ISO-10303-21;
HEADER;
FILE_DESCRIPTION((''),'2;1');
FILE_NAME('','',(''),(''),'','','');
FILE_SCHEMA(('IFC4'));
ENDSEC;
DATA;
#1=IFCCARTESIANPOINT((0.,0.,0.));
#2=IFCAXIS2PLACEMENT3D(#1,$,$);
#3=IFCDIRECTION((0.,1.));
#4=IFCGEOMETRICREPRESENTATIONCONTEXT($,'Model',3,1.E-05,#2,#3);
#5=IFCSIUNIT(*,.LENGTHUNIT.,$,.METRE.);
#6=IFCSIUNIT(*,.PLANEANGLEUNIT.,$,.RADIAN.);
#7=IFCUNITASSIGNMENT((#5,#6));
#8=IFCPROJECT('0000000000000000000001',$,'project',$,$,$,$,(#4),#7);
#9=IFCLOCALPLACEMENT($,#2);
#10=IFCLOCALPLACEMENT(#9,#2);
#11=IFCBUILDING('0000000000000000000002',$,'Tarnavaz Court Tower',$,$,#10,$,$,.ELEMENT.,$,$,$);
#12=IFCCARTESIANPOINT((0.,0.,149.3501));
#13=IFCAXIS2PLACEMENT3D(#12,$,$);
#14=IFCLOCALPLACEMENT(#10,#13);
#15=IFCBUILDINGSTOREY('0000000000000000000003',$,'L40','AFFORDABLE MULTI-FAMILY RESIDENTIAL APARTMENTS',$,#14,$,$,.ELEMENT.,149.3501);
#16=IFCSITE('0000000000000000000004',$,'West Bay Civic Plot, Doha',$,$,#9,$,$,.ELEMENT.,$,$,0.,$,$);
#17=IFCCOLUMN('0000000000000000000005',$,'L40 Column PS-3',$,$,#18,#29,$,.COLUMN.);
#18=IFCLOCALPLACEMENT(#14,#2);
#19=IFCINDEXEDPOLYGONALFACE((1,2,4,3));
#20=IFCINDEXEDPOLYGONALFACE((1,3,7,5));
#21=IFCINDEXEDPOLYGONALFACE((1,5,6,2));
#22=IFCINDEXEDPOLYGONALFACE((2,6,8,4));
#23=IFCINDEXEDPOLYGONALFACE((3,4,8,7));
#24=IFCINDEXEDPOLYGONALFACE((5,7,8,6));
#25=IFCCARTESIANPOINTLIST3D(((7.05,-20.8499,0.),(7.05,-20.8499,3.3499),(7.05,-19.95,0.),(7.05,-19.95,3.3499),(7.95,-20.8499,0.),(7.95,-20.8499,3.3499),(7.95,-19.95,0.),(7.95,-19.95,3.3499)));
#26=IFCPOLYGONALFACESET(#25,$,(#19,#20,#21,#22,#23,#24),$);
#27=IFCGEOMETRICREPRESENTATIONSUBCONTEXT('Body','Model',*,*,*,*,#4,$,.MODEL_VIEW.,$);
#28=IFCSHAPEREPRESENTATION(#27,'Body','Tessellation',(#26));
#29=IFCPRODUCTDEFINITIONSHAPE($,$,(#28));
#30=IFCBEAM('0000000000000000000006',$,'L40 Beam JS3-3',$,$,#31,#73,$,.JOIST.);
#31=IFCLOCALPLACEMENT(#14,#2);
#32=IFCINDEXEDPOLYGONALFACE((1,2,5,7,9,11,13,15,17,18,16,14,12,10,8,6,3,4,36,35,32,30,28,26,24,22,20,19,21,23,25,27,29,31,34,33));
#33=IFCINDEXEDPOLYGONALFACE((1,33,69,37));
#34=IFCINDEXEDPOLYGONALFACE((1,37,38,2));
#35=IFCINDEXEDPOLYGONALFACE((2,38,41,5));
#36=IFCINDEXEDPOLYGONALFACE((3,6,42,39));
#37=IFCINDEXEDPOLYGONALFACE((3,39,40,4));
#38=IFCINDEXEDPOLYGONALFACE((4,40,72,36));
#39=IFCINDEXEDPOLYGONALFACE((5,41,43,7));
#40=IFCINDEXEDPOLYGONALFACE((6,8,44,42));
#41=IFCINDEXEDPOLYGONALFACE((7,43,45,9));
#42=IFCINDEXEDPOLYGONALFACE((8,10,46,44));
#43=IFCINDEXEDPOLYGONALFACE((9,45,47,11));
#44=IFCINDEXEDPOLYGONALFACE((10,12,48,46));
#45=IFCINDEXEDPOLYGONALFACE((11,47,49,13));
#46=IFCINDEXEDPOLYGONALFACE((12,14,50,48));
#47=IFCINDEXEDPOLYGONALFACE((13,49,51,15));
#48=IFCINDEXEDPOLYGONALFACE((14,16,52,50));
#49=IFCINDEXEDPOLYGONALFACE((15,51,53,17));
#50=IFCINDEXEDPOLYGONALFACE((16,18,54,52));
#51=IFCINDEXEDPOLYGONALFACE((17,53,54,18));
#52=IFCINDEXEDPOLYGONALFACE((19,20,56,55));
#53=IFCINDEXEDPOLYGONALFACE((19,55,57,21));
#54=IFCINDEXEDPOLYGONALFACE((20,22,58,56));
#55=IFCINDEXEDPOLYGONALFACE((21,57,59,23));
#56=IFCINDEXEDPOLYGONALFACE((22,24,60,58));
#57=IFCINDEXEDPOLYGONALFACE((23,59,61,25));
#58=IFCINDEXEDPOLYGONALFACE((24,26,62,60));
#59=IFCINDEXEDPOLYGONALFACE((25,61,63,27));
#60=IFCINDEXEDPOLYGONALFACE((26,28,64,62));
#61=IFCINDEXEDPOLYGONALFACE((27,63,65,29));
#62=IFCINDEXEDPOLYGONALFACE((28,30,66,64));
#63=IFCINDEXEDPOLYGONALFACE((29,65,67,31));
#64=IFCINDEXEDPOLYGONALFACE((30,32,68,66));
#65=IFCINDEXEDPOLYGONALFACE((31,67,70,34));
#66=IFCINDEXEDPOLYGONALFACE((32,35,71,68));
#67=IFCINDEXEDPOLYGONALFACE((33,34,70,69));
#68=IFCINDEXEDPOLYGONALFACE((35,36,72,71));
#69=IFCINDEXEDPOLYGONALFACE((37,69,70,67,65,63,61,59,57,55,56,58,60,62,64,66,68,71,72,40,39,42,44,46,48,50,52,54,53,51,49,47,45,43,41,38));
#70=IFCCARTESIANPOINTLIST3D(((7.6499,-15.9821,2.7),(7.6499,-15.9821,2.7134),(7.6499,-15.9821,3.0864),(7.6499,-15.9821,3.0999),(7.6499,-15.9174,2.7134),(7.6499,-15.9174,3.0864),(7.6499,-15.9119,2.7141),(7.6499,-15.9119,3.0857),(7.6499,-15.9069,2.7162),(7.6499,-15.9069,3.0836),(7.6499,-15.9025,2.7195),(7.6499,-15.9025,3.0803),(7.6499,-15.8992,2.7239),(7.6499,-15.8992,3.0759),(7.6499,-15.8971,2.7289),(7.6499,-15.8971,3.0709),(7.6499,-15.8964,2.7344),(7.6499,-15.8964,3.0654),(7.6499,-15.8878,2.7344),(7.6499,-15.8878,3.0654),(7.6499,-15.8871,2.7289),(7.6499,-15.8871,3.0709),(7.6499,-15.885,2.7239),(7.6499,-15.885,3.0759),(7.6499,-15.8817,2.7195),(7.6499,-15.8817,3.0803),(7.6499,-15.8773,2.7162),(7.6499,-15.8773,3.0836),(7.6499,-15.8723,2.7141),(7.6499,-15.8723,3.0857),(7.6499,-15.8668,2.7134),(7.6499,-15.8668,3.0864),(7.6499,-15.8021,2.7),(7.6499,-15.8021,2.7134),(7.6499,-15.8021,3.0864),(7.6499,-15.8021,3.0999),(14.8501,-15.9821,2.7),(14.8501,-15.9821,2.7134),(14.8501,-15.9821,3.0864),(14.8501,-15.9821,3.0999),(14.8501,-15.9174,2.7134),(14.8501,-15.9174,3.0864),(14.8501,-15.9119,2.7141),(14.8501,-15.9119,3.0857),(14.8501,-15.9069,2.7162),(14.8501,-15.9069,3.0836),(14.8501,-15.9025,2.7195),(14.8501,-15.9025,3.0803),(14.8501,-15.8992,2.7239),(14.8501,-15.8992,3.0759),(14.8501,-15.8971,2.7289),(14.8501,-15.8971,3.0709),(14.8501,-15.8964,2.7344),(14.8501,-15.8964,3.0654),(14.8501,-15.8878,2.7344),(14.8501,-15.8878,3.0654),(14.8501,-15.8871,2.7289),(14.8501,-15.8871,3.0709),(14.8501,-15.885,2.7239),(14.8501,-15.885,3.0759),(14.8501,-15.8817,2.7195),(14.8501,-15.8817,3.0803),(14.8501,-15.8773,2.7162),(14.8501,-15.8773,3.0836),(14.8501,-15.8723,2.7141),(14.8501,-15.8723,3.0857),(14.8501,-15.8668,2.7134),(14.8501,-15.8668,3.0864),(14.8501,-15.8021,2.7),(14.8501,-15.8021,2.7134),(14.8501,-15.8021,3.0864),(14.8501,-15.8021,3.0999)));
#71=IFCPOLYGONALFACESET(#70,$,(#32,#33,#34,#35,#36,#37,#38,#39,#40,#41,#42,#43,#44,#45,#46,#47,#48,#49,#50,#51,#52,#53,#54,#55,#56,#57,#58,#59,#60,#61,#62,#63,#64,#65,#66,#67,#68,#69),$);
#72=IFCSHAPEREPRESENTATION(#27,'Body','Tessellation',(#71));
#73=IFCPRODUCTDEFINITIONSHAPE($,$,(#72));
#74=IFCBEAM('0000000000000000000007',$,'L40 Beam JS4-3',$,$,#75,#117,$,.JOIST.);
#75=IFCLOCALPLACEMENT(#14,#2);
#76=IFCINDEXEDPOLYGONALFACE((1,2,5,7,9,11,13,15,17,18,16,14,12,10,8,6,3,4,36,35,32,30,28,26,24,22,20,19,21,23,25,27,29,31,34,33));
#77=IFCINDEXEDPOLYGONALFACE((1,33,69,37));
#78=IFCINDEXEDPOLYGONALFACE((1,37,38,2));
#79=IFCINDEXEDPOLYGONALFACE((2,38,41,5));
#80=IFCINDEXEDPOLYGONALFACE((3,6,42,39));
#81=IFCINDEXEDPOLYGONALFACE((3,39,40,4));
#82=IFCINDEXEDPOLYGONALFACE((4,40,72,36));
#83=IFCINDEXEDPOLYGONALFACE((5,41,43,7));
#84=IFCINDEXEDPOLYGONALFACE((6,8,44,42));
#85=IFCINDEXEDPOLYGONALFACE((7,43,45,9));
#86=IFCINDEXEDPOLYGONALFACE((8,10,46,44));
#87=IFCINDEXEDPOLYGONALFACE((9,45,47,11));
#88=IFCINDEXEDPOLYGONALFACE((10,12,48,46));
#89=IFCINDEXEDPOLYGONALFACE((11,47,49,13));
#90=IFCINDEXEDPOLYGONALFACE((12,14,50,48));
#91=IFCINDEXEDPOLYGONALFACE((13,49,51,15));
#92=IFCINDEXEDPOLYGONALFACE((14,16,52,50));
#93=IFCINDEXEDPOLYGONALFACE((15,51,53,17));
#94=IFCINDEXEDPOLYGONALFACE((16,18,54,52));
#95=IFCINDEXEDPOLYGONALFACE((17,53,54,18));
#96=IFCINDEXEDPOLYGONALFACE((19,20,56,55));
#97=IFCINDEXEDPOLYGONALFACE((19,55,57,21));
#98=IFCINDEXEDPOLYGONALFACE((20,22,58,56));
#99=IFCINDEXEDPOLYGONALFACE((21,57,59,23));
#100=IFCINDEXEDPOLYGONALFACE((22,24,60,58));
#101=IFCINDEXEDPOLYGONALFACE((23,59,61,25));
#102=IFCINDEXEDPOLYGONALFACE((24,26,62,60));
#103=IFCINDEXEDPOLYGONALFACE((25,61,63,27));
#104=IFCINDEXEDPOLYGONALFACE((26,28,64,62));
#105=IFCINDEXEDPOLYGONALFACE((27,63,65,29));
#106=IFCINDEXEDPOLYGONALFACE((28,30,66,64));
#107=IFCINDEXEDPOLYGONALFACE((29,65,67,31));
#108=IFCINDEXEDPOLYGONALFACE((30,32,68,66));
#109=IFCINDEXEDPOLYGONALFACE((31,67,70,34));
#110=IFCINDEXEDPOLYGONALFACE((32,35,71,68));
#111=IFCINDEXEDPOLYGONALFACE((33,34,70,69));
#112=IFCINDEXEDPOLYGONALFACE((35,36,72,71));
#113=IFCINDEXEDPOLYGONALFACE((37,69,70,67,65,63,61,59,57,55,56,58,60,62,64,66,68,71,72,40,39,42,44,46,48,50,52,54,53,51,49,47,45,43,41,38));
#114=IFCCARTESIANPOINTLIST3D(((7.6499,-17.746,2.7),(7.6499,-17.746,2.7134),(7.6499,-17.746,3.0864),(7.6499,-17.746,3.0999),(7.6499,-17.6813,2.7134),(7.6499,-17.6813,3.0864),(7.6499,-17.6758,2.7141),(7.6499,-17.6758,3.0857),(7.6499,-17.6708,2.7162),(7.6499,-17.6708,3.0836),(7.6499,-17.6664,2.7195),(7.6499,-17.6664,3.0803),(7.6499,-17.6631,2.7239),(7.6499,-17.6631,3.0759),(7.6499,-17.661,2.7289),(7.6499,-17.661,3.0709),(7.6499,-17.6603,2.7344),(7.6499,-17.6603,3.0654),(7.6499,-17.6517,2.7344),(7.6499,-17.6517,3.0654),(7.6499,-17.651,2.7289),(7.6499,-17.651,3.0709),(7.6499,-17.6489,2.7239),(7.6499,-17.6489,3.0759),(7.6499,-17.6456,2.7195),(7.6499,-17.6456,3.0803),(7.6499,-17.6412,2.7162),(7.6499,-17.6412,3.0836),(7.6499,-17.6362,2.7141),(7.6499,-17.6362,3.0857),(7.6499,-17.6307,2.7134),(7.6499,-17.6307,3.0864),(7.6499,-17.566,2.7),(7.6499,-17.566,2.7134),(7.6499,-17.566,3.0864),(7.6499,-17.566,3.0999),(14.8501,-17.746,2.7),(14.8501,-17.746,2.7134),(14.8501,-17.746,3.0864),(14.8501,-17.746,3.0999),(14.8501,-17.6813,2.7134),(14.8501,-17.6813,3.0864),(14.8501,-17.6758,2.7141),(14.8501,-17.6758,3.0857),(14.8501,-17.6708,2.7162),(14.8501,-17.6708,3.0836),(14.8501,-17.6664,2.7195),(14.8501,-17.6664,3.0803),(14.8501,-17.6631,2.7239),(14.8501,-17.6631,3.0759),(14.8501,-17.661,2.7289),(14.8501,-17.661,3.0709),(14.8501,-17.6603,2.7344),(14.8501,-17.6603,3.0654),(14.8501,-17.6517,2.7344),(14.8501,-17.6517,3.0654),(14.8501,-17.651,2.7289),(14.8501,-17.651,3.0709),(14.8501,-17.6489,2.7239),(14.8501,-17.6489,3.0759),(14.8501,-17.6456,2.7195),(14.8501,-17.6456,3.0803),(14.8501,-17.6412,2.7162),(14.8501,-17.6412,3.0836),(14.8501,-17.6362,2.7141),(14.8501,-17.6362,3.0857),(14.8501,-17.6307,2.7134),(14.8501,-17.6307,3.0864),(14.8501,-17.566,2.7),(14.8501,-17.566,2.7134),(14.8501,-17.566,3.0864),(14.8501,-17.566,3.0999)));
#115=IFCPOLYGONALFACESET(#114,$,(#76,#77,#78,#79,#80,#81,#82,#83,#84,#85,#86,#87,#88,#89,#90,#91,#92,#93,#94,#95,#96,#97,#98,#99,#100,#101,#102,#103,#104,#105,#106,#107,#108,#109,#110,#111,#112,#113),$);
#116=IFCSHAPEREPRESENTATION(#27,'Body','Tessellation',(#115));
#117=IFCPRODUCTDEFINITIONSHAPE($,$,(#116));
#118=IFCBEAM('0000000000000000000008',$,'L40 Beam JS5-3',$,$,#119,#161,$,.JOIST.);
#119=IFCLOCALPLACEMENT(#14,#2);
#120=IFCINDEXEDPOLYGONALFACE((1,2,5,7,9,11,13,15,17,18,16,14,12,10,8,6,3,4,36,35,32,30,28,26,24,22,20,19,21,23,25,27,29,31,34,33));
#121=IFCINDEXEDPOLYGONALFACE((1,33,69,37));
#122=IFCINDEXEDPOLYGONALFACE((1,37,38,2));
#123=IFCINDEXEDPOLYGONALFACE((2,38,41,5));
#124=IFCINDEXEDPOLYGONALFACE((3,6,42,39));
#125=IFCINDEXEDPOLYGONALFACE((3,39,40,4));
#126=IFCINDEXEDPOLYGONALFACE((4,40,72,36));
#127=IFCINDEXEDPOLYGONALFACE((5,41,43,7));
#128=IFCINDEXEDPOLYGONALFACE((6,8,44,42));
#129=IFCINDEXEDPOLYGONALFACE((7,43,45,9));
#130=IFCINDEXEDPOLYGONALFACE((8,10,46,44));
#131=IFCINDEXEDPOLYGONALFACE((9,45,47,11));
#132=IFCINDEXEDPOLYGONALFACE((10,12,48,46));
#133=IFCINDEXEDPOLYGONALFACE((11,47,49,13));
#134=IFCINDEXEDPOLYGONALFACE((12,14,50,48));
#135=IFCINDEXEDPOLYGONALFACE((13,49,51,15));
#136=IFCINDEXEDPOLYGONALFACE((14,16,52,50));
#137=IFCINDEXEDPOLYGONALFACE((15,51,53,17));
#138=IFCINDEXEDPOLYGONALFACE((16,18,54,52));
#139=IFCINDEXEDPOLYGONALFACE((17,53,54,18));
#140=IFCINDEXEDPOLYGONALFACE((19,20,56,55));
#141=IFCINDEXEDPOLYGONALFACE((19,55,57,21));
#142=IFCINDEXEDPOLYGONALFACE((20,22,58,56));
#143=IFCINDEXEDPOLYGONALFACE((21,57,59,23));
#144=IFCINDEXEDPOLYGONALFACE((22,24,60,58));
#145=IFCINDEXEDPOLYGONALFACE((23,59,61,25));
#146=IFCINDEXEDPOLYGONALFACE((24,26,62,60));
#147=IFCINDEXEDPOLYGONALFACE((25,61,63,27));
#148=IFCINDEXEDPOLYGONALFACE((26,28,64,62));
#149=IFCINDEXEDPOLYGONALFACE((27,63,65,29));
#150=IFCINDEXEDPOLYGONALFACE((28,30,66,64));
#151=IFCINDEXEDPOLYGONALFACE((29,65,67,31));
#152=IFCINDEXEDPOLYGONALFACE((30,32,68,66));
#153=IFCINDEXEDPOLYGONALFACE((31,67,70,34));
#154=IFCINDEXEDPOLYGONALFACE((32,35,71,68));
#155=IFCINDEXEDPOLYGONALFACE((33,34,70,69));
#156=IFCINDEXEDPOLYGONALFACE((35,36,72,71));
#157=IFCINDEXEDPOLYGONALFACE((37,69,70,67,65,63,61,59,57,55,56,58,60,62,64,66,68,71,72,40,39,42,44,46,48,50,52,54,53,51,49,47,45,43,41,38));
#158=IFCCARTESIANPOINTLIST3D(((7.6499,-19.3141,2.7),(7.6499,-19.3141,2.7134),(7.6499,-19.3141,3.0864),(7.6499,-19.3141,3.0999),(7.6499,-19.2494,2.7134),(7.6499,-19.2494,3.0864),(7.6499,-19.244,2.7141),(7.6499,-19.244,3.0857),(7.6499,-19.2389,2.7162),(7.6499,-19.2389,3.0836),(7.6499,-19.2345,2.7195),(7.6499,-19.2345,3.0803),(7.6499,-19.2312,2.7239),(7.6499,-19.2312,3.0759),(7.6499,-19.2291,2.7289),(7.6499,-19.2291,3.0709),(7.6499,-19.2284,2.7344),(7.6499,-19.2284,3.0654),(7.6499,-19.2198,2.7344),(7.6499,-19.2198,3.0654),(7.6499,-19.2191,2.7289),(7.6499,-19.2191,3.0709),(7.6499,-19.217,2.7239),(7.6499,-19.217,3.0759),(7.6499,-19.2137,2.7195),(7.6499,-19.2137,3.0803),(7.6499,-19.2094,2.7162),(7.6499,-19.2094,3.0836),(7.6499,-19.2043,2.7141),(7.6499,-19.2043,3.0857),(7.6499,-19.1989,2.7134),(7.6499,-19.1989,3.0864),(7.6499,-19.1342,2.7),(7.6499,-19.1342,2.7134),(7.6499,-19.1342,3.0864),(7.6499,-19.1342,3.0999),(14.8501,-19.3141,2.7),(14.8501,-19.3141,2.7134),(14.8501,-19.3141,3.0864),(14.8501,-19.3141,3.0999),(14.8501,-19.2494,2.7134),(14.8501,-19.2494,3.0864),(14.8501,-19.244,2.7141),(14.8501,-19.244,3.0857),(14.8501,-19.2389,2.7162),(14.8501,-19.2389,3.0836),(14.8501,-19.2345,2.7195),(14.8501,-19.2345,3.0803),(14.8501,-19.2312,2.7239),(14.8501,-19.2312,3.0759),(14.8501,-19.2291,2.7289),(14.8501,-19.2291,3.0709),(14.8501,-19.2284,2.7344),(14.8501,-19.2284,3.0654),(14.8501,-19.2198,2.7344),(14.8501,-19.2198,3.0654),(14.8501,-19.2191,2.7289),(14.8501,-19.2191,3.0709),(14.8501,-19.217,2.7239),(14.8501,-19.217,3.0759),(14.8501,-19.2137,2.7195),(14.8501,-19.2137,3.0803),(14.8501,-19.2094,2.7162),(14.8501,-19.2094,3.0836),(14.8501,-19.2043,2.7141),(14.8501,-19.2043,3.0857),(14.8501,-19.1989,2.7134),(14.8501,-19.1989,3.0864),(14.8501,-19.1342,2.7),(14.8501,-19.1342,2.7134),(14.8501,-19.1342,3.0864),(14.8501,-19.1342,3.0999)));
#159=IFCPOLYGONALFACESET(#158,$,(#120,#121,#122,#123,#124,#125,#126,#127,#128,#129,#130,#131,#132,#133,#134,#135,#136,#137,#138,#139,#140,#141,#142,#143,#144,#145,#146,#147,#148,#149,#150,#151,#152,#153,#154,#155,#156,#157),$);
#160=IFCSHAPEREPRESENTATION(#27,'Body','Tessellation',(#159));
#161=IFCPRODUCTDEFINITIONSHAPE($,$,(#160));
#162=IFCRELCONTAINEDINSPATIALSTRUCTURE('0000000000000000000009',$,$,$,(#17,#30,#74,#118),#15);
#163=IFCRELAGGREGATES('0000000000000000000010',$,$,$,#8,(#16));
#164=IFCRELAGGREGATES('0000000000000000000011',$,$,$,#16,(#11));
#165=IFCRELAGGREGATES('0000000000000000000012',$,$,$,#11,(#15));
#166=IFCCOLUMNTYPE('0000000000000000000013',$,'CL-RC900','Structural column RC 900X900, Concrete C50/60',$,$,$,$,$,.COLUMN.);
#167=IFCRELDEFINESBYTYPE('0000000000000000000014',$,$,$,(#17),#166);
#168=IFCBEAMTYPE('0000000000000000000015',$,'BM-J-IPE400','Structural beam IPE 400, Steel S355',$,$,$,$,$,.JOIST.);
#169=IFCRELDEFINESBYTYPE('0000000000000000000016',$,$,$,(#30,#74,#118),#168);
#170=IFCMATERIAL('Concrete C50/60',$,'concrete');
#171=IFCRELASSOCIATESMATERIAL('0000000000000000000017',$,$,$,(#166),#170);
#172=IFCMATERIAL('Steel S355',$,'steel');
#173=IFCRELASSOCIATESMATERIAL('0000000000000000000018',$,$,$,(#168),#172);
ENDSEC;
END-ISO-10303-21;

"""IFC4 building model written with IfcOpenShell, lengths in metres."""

from ifc_helpers import new_model, si_unit, direction, frame, origin, origin_2d, place, context, subcontext, project, spatial, rectangle, i_section, extrude, material, material_profile, profile_set, type_object, element, save


model = new_model("IFC4")

# Units and contexts
model_context = context("Model", 3, precision=1e-05, world=origin(), true_north=direction((0.0, 1.0)))
body_context = subcontext(model_context, "Body", "Model", "MODEL_VIEW")
ifc_project = project(units=[si_unit("LENGTHUNIT", "METRE"), si_unit("PLANEANGLEUNIT", "RADIAN")], contexts=[model_context])

# Site, building, storey
site_placement = place(None, origin())
site = spatial("IfcSite", under=ifc_project, at=site_placement, Name="West Bay Civic Plot, Doha", CompositionType="ELEMENT", RefElevation=0.0)
building_placement = place(site_placement, origin())
building = spatial("IfcBuilding", under=site, at=building_placement, Name="Tarnavaz Court Tower", CompositionType="ELEMENT")
storey_placement = place(building_placement, frame((0.0, 0.0, 149.3501)))
storey = spatial("IfcBuildingStorey", under=building, at=storey_placement, Name="L40", Description="AFFORDABLE MULTI-FAMILY RESIDENTIAL APARTMENTS", CompositionType="ELEMENT", Elevation=149.3501)

# Column
ifc_material_1 = material(Name="Concrete C50/60", Category="concrete")
ifc_material_profile_1 = material_profile(ifc_material_1, rectangle(XDim=0.8999, YDim=0.8999, at=origin_2d()), Name="RC 900X900")
ifc_profile_set_1 = profile_set([ifc_material_profile_1], Name="Concrete C50/60")
column_type = type_object("IfcColumnType", Name="CL-RC900", Description="Structural column RC 900X900, Concrete C50/60", PredefinedType="COLUMN", material=ifc_profile_set_1)
column_placement = place(storey_placement, frame((7.5, -20.3999, 0.0), z_axis=(0.0, 0.0, 1.0), x_axis=(1.0, 0.0, 0.0)))
element("IfcColumn", 1, at=column_placement, inside=storey, type_object=column_type, Name="L40 Column PS-3", PredefinedType="COLUMN", context=body_context, shape_type="SweptSolid", body=[
    extrude(rectangle(XDim=0.8999, YDim=0.8999, at=origin_2d()), origin(), (0.0, 0.0, 1.0), 3.3499),
])

# Beams
ifc_material_2 = material(Name="Steel S355", Category="steel")
ifc_material_profile_2 = material_profile(ifc_material_2, i_section(OverallWidth=0.1799, OverallDepth=0.3999, WebThickness=0.0085, FlangeThickness=0.0134, FilletRadius=0.021, at=origin_2d()), Name="IPE 400")
ifc_profile_set_2 = profile_set([ifc_material_profile_2], Name="Steel S355")
beam_type_1 = type_object("IfcBeamType", Name="BM-J-IPE400", Description="Structural beam IPE 400, Steel S355", PredefinedType="JOIST", material=ifc_profile_set_2)
for number, where, z_axis, x_axis, name in (
    (2, (7.6499, -15.8921, 2.8999), (1.0, 0.0, 0.0), (0.0, 1.0, 0.0), "L40 Beam JS3-3"),
    (3, (7.6499, -17.656, 2.8999), (1.0, 0.0, 0.0), (0.0, 1.0, 0.0), "L40 Beam JS4-3"),
    (4, (7.6499, -19.2241, 2.8999), (1.0, 0.0, 0.0), (0.0, 1.0, 0.0), "L40 Beam JS5-3"),
):
    element("IfcBeam", number, at=place(storey_placement, frame(where, z_axis=z_axis, x_axis=x_axis)), inside=storey, type_object=beam_type_1, Name=name, PredefinedType="JOIST", context=body_context, shape_type="SweptSolid", body=[
        extrude(i_section(OverallWidth=0.1799, OverallDepth=0.3999, WebThickness=0.0085, FlangeThickness=0.0134, FilletRadius=0.021, at=origin_2d()), origin(), (0.0, 0.0, 1.0), 7.2002),
    ])

save(model, "model.ifc")
